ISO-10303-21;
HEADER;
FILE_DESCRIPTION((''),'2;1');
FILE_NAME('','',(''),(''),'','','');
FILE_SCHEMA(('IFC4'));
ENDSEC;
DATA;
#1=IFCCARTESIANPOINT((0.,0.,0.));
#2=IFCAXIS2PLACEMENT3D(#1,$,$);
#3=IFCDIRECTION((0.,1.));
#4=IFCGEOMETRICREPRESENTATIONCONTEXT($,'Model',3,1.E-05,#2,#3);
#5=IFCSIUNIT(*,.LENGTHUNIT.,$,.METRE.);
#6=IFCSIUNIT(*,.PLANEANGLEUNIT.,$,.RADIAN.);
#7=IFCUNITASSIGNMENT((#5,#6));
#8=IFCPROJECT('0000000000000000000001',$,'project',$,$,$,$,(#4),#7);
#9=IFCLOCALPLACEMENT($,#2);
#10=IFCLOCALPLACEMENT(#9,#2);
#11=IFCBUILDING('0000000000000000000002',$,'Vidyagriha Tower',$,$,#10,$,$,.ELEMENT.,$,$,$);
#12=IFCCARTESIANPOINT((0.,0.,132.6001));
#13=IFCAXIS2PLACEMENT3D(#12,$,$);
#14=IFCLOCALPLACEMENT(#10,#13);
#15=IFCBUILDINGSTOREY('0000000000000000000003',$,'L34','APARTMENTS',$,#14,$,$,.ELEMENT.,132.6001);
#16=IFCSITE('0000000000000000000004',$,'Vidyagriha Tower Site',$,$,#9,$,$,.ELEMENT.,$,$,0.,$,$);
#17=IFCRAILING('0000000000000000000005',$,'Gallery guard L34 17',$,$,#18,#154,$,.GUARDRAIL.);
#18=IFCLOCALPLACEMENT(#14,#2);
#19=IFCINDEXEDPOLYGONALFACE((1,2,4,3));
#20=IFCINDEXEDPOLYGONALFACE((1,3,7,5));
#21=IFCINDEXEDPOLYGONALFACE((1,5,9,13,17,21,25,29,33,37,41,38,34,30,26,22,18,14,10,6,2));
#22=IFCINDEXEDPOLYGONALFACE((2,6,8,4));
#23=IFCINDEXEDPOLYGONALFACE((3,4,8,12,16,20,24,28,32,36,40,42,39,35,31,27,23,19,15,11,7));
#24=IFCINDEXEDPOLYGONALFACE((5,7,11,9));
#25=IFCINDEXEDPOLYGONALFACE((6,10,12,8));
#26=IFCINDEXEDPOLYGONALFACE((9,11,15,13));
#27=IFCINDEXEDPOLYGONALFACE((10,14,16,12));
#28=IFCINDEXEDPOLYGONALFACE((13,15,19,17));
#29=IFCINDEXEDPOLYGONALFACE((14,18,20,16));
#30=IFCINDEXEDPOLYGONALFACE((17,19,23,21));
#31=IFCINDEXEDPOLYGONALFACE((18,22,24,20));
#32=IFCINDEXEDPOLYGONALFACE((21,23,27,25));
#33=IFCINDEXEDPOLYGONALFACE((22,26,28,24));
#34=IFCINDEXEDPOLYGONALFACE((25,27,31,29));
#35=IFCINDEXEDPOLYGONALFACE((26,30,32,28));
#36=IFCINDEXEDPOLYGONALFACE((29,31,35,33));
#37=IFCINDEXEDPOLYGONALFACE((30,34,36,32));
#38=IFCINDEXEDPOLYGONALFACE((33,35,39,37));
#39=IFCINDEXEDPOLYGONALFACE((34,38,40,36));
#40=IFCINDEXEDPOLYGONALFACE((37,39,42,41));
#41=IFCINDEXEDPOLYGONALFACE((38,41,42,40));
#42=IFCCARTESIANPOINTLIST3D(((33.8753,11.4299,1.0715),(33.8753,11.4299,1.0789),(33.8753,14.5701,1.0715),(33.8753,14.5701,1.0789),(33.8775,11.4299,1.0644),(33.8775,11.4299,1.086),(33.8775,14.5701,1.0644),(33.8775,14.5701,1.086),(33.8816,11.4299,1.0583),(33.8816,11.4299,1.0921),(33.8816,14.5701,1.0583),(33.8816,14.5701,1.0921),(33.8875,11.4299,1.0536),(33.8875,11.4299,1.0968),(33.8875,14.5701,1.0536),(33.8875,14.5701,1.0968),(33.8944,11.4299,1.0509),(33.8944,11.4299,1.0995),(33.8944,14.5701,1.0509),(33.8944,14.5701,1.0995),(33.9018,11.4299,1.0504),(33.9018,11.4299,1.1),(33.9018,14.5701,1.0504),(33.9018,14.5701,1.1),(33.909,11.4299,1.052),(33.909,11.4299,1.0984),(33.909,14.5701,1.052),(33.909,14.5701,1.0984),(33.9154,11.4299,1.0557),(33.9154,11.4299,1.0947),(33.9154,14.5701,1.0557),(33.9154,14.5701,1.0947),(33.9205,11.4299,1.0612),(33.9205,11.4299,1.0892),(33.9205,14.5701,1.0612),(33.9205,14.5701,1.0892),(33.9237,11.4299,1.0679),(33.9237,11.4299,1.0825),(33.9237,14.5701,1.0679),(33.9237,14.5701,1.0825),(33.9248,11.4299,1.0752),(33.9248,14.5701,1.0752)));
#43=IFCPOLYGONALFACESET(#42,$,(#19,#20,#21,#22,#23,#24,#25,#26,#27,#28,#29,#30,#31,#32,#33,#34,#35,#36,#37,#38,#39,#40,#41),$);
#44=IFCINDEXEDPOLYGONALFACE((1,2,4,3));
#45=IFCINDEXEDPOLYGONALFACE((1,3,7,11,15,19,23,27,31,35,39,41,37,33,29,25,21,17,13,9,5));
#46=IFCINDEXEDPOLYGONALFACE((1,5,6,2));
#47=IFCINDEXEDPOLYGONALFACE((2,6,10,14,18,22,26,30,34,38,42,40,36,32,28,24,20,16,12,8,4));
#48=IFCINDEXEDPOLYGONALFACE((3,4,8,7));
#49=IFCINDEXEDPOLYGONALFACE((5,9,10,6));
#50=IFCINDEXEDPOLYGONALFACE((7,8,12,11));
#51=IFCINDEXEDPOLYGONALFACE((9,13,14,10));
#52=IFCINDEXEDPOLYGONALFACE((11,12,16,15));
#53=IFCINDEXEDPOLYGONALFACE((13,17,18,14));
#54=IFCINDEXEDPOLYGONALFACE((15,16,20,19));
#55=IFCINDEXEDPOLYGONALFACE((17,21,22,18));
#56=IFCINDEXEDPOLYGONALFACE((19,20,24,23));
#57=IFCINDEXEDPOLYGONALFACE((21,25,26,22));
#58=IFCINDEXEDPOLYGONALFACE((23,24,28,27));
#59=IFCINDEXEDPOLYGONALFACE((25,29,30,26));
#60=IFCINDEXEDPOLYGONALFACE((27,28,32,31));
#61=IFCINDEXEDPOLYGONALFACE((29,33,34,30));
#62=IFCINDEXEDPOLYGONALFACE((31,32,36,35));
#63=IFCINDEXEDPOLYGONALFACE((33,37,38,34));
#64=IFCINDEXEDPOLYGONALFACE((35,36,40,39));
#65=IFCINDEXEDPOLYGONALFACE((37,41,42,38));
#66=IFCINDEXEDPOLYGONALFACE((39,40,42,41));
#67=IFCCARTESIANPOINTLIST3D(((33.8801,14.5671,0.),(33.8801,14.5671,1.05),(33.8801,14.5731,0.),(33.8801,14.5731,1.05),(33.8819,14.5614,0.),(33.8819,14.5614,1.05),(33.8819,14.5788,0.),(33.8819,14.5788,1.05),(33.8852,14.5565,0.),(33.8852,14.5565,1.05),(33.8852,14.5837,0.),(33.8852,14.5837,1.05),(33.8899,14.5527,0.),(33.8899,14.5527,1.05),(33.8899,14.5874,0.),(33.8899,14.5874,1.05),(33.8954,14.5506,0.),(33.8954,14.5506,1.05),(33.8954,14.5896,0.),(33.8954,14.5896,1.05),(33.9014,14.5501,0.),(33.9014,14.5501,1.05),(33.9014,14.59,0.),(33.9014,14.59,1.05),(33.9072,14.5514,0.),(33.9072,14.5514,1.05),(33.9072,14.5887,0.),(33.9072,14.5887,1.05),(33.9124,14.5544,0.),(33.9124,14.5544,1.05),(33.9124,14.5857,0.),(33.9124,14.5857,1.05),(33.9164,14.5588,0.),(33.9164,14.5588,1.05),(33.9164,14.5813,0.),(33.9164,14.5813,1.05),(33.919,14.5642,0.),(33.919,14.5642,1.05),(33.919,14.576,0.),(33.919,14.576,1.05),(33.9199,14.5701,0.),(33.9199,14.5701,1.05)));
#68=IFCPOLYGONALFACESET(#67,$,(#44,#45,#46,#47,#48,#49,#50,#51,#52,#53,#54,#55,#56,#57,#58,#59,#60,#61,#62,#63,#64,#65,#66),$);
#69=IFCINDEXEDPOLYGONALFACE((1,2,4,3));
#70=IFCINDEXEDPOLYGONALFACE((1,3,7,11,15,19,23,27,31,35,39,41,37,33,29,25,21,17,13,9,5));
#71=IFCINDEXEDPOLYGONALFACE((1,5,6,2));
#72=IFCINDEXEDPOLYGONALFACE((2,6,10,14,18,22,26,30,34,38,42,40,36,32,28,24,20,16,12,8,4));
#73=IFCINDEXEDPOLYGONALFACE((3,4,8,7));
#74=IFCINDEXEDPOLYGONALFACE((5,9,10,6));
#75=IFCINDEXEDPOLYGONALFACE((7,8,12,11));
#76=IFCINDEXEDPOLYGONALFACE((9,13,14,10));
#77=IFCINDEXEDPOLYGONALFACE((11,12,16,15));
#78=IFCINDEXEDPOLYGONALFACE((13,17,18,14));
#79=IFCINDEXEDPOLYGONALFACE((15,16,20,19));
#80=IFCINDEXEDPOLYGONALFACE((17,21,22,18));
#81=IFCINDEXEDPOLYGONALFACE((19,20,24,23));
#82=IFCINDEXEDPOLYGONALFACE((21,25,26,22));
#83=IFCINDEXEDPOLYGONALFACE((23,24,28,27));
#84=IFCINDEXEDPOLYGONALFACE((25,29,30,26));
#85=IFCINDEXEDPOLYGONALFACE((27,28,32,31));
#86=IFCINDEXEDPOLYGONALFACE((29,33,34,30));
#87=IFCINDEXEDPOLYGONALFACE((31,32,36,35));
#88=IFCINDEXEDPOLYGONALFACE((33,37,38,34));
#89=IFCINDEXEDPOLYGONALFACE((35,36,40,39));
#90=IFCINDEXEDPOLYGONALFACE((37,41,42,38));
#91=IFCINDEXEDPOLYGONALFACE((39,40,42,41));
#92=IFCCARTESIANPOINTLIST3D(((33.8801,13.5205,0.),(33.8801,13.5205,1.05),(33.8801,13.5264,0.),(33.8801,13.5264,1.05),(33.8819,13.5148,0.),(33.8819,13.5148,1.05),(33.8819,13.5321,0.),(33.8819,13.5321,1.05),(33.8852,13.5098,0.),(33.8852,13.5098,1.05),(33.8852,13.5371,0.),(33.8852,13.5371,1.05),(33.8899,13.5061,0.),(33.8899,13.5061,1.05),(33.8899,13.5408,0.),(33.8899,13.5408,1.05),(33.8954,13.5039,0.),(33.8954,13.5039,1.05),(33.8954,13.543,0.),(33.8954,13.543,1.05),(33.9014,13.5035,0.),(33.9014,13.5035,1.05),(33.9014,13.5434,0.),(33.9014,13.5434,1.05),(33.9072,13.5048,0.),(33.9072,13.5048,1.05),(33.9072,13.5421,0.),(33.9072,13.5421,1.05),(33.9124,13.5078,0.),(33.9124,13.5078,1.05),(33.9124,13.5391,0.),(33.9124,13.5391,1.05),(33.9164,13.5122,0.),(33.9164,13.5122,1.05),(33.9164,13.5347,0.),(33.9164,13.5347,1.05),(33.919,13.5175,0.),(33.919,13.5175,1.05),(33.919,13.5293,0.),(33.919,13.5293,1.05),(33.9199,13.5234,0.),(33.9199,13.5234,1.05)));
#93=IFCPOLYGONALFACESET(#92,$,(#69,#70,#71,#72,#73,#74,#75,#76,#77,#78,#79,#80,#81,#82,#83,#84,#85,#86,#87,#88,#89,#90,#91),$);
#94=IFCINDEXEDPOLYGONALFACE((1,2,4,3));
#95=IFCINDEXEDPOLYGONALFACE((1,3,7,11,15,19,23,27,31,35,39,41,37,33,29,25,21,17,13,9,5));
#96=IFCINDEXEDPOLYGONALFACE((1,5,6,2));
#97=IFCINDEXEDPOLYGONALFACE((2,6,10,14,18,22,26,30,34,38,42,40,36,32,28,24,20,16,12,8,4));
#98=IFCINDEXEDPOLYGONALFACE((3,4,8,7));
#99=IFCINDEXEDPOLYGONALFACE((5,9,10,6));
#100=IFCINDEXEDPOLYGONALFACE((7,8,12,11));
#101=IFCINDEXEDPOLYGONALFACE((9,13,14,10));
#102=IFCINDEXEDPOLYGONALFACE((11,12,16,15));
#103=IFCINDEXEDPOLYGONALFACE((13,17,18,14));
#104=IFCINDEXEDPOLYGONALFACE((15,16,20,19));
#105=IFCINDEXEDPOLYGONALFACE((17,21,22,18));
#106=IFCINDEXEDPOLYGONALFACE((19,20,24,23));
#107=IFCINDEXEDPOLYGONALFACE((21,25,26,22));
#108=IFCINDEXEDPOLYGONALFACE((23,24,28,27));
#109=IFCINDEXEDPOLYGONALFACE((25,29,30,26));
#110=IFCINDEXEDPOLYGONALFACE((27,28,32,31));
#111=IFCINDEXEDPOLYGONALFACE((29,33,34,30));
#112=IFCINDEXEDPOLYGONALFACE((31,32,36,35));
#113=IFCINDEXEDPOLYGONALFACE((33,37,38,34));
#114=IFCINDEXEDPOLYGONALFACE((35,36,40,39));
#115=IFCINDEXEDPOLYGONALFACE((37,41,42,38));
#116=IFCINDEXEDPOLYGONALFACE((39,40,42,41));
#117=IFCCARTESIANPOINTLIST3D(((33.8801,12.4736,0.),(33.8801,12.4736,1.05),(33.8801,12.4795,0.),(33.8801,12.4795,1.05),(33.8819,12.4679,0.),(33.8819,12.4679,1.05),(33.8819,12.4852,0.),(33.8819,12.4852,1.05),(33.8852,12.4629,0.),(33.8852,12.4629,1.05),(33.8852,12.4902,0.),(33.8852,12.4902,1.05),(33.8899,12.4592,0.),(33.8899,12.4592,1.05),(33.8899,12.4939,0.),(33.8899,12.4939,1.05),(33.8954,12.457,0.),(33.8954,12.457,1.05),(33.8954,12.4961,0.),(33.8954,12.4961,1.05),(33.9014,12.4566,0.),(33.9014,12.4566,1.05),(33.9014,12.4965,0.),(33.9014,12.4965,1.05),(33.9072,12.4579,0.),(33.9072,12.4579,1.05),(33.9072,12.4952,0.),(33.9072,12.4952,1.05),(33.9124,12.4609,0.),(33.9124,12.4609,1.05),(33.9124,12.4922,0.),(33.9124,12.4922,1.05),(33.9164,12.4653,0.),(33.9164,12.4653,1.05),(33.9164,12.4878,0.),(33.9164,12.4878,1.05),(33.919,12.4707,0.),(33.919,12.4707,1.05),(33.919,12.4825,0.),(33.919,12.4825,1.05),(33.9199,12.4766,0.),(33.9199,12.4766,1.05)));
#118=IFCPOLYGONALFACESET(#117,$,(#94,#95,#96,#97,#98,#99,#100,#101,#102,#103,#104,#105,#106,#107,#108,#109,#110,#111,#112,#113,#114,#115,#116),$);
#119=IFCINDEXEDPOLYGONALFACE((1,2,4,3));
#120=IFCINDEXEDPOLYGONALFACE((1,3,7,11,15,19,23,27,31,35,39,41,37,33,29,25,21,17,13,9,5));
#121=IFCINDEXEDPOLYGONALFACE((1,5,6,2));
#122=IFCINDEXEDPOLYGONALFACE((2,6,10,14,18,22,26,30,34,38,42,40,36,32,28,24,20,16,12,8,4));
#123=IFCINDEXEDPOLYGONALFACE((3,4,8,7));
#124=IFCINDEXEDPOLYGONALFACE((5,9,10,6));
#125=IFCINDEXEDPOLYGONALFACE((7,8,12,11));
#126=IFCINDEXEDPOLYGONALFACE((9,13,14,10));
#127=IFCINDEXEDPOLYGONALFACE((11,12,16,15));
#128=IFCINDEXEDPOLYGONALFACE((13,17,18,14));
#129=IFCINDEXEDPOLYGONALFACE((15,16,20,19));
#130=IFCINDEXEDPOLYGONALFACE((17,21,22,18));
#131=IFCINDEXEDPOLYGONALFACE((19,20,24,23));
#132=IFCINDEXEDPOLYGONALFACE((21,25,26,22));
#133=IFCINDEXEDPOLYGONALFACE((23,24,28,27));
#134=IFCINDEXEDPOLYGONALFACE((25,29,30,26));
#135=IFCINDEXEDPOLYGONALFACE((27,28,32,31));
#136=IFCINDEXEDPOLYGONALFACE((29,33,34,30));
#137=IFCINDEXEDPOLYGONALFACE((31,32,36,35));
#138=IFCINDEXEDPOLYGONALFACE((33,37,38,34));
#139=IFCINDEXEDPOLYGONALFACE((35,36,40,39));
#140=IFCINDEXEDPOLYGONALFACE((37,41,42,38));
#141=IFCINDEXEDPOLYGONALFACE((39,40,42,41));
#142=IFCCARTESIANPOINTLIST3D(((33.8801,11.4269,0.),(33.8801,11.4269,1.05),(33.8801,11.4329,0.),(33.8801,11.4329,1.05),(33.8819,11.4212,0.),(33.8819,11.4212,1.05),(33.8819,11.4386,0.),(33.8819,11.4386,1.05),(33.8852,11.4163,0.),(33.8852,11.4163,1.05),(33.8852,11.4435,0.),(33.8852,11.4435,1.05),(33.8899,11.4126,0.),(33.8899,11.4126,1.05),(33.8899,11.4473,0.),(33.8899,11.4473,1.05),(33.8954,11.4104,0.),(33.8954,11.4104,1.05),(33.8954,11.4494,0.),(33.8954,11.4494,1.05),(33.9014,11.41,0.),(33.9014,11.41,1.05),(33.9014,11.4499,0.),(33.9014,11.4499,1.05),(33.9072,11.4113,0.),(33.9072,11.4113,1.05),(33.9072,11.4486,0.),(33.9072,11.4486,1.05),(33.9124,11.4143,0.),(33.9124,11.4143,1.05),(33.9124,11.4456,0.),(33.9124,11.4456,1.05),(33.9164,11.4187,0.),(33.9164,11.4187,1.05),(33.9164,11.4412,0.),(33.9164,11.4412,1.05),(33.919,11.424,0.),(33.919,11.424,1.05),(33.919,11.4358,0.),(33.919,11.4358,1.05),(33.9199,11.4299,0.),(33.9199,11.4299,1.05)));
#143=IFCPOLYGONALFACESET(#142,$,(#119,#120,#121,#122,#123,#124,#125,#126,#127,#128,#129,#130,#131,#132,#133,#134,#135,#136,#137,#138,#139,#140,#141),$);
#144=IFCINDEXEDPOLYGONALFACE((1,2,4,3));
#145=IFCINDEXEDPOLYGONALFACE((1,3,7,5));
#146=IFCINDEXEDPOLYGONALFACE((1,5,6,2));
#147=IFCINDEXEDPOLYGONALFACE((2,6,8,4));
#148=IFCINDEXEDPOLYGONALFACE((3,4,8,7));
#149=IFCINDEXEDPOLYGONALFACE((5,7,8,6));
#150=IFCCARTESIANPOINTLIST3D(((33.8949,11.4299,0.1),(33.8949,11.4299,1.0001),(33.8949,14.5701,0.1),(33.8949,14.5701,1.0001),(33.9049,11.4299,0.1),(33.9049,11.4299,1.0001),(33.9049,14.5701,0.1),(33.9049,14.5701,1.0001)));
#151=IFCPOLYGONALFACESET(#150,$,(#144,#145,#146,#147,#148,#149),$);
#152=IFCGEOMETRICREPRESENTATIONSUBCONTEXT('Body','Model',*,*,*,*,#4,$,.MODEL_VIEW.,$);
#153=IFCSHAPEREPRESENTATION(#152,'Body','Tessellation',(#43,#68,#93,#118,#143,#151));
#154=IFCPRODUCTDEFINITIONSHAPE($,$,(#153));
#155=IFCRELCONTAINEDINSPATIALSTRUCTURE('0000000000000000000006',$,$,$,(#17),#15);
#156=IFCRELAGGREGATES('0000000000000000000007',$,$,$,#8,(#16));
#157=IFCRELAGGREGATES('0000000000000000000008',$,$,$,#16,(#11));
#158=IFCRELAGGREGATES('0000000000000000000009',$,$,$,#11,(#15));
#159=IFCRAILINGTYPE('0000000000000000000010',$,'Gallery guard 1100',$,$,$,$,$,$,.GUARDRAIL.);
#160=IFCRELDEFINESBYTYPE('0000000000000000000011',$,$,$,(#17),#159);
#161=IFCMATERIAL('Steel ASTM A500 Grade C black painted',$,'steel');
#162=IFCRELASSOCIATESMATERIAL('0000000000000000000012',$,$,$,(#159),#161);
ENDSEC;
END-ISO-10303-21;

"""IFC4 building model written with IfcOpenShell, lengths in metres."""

from ifc_helpers import new_model, si_unit, direction, frame, origin, origin_2d, place, context, subcontext, project, spatial, rectangle, circle, extrude, material, type_object, element, save


model = new_model("IFC4")

# Units and contexts
model_context = context("Model", 3, precision=1e-05, world=origin(), true_north=direction((0.0, 1.0)))
body_context = subcontext(model_context, "Body", "Model", "MODEL_VIEW")
ifc_project = project(units=[si_unit("LENGTHUNIT", "METRE"), si_unit("PLANEANGLEUNIT", "RADIAN")], contexts=[model_context])

# Site, building, storey
site_placement = place(None, origin())
site = spatial("IfcSite", under=ifc_project, at=site_placement, Name="Vidyagriha Tower Site", CompositionType="ELEMENT", RefElevation=0.0)
building_placement = place(site_placement, origin())
building = spatial("IfcBuilding", under=site, at=building_placement, Name="Vidyagriha Tower", CompositionType="ELEMENT")
storey_placement = place(building_placement, frame((0.0, 0.0, 132.6001)))
storey = spatial("IfcBuildingStorey", under=building, at=storey_placement, Name="L34", Description="APARTMENTS", CompositionType="ELEMENT", Elevation=132.6001)

# Railing
ifc_material_1 = material(Name="Steel ASTM A500 Grade C black painted", Category="steel")
railing_type = type_object("IfcRailingType", Name="Gallery guard 1100", PredefinedType="GUARDRAIL", material=ifc_material_1)
railing_1_placement = place(storey_placement, frame((33.8999, 14.5701, 0.0)))
element("IfcRailing", 1, at=railing_1_placement, inside=storey, type_object=railing_type, Name="Gallery guard L34 17", PredefinedType="GUARDRAIL", context=body_context, shape_type="SweptSolid", body=[
    extrude(circle(Radius=0.0249, at=origin_2d()), frame((0.0, 0.0, 1.0752), z_axis=(0.0, -1.0, 0.0), x_axis=(1.0, 0.0, 0.0)), (0.0, 0.0, 1.0), 3.1401),
    extrude(circle(Radius=0.02, at=origin_2d()), origin(), (0.0, 0.0, 1.0), 1.05),
    extrude(circle(Radius=0.02, at=origin_2d()), frame((0.0, -1.0466, 0.0)), (0.0, 0.0, 1.0), 1.05),
    extrude(circle(Radius=0.02, at=origin_2d()), frame((0.0, -2.0935, 0.0)), (0.0, 0.0, 1.0), 1.05),
    extrude(circle(Radius=0.02, at=origin_2d()), frame((0.0, -3.1401, 0.0)), (0.0, 0.0, 1.0), 1.05),
    extrude(rectangle(XDim=0.01, YDim=0.9001, at=origin_2d()), frame((0.0, 0.0, 0.55), z_axis=(0.0, -1.0, 0.0), x_axis=(1.0, 0.0, 0.0)), (0.0, 0.0, 1.0), 3.1401),
])

save(model, "model.ifc")
